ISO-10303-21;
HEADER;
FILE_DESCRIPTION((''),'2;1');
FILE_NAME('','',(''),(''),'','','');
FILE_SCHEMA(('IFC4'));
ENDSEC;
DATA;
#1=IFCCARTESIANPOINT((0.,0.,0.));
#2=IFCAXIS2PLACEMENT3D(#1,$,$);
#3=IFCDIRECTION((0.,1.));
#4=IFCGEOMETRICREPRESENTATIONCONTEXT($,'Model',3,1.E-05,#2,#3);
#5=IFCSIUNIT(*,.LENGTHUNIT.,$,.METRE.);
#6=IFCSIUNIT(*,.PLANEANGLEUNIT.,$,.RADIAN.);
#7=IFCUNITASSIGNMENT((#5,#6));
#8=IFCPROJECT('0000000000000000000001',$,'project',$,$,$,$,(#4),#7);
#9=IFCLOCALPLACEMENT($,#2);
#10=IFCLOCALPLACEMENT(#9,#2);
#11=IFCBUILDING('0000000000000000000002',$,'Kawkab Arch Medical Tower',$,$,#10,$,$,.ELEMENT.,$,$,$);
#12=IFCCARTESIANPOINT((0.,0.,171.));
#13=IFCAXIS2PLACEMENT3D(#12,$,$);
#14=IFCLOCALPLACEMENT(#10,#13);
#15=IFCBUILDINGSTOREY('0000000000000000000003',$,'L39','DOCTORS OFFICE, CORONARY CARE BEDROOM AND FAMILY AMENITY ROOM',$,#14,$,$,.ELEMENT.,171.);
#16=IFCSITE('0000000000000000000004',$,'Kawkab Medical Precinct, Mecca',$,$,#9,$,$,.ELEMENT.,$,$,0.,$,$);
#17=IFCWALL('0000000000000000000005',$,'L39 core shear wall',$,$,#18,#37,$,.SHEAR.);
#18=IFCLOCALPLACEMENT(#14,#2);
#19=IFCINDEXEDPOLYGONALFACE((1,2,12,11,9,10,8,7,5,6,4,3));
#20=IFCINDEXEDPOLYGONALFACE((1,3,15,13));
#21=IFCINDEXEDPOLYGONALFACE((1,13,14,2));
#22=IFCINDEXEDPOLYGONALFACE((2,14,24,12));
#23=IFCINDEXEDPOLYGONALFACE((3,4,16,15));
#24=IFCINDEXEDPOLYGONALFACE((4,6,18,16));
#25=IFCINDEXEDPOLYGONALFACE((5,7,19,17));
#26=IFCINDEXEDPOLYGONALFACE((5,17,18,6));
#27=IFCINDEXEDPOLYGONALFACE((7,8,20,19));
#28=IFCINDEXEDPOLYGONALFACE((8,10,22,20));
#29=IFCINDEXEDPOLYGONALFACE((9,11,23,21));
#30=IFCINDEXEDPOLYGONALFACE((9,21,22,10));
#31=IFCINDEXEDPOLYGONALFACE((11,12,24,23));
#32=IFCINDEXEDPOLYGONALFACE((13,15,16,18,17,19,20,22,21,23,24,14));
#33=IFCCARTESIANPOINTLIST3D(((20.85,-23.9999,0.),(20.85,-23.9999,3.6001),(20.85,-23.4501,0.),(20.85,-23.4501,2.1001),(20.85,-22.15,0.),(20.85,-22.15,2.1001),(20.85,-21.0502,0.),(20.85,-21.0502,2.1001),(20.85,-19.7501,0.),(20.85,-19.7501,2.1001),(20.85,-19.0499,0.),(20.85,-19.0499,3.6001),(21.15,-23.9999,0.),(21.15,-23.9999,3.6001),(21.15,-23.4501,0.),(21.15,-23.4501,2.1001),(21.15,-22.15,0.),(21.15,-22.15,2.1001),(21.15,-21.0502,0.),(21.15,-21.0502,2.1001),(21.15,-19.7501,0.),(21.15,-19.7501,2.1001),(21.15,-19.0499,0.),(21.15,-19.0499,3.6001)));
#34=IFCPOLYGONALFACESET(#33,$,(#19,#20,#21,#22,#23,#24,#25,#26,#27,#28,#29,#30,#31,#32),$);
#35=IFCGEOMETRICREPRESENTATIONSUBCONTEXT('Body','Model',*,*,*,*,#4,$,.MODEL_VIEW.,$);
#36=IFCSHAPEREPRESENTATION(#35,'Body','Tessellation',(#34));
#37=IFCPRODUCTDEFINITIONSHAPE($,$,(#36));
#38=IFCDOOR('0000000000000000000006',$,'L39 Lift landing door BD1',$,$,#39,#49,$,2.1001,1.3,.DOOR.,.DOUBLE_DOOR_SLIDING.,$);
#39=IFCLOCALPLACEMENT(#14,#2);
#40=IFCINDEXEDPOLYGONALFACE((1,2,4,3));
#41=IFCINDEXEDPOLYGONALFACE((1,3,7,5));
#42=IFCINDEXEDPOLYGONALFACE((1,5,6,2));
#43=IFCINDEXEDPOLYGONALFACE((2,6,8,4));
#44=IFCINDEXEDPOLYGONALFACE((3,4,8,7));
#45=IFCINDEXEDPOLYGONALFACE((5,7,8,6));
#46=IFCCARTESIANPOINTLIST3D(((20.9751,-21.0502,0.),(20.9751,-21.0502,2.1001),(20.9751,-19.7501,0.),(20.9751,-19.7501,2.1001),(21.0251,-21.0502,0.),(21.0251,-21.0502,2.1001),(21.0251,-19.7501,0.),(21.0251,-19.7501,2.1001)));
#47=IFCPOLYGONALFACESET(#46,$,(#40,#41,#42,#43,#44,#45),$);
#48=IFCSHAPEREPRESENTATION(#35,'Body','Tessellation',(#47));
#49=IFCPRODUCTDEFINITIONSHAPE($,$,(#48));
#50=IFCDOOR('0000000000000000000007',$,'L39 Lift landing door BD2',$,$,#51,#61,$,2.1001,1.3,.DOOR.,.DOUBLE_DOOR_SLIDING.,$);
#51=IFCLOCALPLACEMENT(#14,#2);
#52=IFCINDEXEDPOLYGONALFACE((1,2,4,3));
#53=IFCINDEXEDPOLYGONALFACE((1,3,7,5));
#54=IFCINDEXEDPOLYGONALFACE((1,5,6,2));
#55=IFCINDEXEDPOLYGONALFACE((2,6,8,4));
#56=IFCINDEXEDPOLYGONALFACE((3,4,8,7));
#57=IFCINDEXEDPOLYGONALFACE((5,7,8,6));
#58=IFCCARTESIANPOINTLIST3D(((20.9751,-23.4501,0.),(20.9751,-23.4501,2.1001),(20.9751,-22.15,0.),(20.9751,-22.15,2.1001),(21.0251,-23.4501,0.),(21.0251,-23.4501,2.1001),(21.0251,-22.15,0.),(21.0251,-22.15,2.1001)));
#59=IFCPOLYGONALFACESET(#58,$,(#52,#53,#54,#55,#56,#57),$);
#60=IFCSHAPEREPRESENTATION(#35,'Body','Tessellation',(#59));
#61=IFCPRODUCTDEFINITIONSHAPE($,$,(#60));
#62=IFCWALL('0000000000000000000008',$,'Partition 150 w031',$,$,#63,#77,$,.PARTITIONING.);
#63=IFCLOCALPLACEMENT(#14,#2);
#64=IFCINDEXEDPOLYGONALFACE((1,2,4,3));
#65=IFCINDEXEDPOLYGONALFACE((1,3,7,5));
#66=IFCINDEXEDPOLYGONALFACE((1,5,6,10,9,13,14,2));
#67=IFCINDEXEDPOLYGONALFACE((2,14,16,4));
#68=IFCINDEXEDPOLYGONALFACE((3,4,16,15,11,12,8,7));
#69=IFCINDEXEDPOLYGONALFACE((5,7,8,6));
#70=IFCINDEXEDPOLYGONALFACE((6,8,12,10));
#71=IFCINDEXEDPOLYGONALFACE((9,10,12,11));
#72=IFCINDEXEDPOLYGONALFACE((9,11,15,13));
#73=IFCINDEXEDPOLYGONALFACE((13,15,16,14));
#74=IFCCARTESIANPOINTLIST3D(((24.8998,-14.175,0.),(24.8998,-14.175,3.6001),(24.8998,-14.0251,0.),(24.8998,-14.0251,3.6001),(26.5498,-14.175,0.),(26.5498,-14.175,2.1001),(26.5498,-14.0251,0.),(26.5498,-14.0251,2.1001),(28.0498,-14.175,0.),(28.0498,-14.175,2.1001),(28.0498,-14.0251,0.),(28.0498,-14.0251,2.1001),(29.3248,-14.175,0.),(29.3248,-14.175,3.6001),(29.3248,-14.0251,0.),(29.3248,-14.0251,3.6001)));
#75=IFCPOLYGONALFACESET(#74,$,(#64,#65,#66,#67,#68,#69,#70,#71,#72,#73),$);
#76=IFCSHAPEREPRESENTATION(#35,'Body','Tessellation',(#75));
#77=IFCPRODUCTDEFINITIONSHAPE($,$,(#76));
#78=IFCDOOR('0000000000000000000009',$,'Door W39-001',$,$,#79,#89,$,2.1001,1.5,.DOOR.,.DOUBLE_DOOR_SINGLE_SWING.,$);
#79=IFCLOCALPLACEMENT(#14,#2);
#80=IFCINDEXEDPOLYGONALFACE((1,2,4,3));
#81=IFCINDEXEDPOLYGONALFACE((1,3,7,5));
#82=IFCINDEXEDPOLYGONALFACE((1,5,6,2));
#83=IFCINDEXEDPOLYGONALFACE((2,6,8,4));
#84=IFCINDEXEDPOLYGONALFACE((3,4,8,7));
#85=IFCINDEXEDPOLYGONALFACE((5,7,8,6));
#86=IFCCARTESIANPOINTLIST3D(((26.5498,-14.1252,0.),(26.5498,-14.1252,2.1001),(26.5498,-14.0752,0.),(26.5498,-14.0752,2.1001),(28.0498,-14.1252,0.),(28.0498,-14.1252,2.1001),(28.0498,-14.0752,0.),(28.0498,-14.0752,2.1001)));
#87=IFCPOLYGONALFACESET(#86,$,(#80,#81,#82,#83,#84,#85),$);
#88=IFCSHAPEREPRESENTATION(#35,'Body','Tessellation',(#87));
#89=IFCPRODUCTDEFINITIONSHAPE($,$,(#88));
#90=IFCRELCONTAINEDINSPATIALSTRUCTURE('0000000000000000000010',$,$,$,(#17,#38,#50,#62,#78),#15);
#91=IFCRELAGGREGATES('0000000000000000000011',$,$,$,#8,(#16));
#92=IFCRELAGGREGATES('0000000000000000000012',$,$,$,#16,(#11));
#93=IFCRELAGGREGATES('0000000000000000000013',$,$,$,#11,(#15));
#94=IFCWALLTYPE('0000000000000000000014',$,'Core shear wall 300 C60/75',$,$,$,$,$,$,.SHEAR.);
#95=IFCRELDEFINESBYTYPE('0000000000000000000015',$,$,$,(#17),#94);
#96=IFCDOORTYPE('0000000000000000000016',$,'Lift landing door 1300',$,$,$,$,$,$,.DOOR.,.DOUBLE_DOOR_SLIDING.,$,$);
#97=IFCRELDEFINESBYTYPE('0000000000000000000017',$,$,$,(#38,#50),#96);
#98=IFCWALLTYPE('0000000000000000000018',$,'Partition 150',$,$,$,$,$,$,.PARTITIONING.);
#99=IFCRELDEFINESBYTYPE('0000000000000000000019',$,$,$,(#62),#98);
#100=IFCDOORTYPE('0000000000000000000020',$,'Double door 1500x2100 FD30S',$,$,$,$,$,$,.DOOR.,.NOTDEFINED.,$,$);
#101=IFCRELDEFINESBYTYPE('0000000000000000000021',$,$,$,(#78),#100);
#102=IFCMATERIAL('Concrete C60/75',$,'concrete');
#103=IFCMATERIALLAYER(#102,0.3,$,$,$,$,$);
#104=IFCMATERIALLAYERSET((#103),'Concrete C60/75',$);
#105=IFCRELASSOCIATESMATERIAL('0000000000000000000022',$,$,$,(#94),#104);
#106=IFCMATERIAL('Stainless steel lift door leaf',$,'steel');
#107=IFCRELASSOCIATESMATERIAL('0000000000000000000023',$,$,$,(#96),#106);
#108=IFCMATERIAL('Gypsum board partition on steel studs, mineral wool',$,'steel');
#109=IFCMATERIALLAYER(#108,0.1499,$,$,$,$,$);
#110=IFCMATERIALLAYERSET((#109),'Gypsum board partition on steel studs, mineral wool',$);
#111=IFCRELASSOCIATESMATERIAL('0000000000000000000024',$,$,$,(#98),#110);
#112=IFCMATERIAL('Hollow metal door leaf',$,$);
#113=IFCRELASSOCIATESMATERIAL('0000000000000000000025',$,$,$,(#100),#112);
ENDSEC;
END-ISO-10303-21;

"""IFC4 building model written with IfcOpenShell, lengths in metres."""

from ifc_helpers import new_model, si_unit, direction, frame, frame_2d, origin, place, context, subcontext, project, spatial, rectangle, extrude, material, layer, layer_set, type_object, element, fill, save


model = new_model("IFC4")

# Units and contexts
model_context = context("Model", 3, precision=1e-05, world=origin(), true_north=direction((0.0, 1.0)))
body_context = subcontext(model_context, "Body", "Model", "MODEL_VIEW")
ifc_project = project(units=[si_unit("LENGTHUNIT", "METRE"), si_unit("PLANEANGLEUNIT", "RADIAN")], contexts=[model_context])

# Site, building, storey
site_placement = place(None, origin())
site = spatial("IfcSite", under=ifc_project, at=site_placement, Name="Kawkab Medical Precinct, Mecca", CompositionType="ELEMENT", RefElevation=0.0)
building_placement = place(site_placement, origin())
building = spatial("IfcBuilding", under=site, at=building_placement, Name="Kawkab Arch Medical Tower", CompositionType="ELEMENT")
storey_placement = place(building_placement, frame((0.0, 0.0, 171.0)))
storey = spatial("IfcBuildingStorey", under=building, at=storey_placement, Name="L39", Description="DOCTORS OFFICE, CORONARY CARE BEDROOM AND FAMILY AMENITY ROOM", CompositionType="ELEMENT", Elevation=171.0)

# Shared definitions
ifc_material_1 = material(Name="Concrete C60/75", Category="concrete")
ifc_layer_1 = layer(ifc_material_1, 0.3)
ifc_layer_set_1 = layer_set([ifc_layer_1], Name="Concrete C60/75")
wall_type_1 = type_object("IfcWallType", Name="Core shear wall 300 C60/75", PredefinedType="SHEAR", material=ifc_layer_set_1)

# Wall, openings, doors
wall_1_placement = place(storey_placement, frame((21.0, -24.0, 0.0), z_axis=(0.0, 0.0, 1.0), x_axis=(0.0, 1.0, 0.0)))
wall_1 = element("IfcWall", 1, at=wall_1_placement, inside=storey, type_object=wall_type_1, Name="L39 core shear wall", PredefinedType="SHEAR", context=body_context, shape_type="SweptSolid", body=[
    extrude(rectangle(XDim=4.95, YDim=0.3, at=frame_2d((2.4751, 0.0))), origin(), (0.0, 0.0, 1.0), 3.6001),
])
opening_1_placement = place(wall_1_placement, frame((2.95, 0.0, 0.0)))
opening_1 = element("IfcOpeningElement", 2, at=opening_1_placement, cuts=wall_1, PredefinedType="OPENING", context=body_context, shape_type="SweptSolid", body=[
    extrude(rectangle(XDim=1.3, YDim=2.1001, at=frame_2d((0.6499, 1.05))), frame((0.0, 0.1599, 0.0), z_axis=(0.0, -1.0, 0.0), x_axis=(1.0, 0.0, 0.0)), (0.0, 0.0, 1.0), 0.3201),
])
opening_2_placement = place(wall_1_placement, frame((0.55, 0.0, 0.0)))
opening_2 = element("IfcOpeningElement", 3, at=opening_2_placement, cuts=wall_1, PredefinedType="OPENING", context=body_context, shape_type="SweptSolid", body=[
    extrude(rectangle(XDim=1.3, YDim=2.1001, at=frame_2d((0.6499, 1.05))), frame((0.0, 0.1599, 0.0), z_axis=(0.0, -1.0, 0.0), x_axis=(1.0, 0.0, 0.0)), (0.0, 0.0, 1.0), 0.3201),
])
ifc_material_2 = material(Name="Stainless steel lift door leaf", Category="steel")
door_type_1 = type_object("IfcDoorType", Name="Lift landing door 1300", OperationType="DOUBLE_DOOR_SLIDING", PredefinedType="DOOR", material=ifc_material_2)
door_1_placement = place(opening_1_placement, origin())
door_1 = element("IfcDoor", 4, at=door_1_placement, inside=storey, type_object=door_type_1, Name="L39 Lift landing door BD1", OperationType="DOUBLE_DOOR_SLIDING", OverallHeight=2.1001, OverallWidth=1.3, PredefinedType="DOOR", context=body_context, shape_type="SweptSolid", body=[
    extrude(rectangle(XDim=1.3, YDim=2.1001, at=frame_2d((0.6499, 1.05))), frame((0.0, 0.0249, 0.0), z_axis=(0.0, -1.0, 0.0), x_axis=(1.0, 0.0, 0.0)), (0.0, 0.0, 1.0), 0.05),
])
fill(opening_1, door_1)
door_2_placement = place(opening_2_placement, origin())
door_2 = element("IfcDoor", 5, at=door_2_placement, inside=storey, type_object=door_type_1, Name="L39 Lift landing door BD2", OperationType="DOUBLE_DOOR_SLIDING", OverallHeight=2.1001, OverallWidth=1.3, PredefinedType="DOOR", context=body_context, shape_type="SweptSolid", body=[
    extrude(rectangle(XDim=1.3, YDim=2.1001, at=frame_2d((0.6499, 1.05))), frame((0.0, 0.0249, 0.0), z_axis=(0.0, -1.0, 0.0), x_axis=(1.0, 0.0, 0.0)), (0.0, 0.0, 1.0), 0.05),
])
fill(opening_2, door_2)

# Wall, opening, door
ifc_material_3 = material(Name="Gypsum board partition on steel studs, mineral wool", Category="steel")
ifc_layer_2 = layer(ifc_material_3, 0.1499)
ifc_layer_set_2 = layer_set([ifc_layer_2], Name="Gypsum board partition on steel studs, mineral wool")
wall_type_2 = type_object("IfcWallType", Name="Partition 150", PredefinedType="PARTITIONING", material=ifc_layer_set_2)
wall_2_placement = place(storey_placement, frame((24.8999, -14.1001, 0.0), z_axis=(0.0, 0.0, 1.0), x_axis=(1.0, 0.0, 0.0)))
wall_2 = element("IfcWall", 6, at=wall_2_placement, inside=storey, type_object=wall_type_2, Name="Partition 150 w031", PredefinedType="PARTITIONING", context=body_context, shape_type="SweptSolid", body=[
    extrude(rectangle(XDim=4.425, YDim=0.1499, at=frame_2d((2.2124, 0.0))), origin(), (0.0, 0.0, 1.0), 3.6001),
])
opening_3_placement = place(wall_2_placement, frame((1.6499, 0.0, 0.0)))
opening_3 = element("IfcOpeningElement", 7, at=opening_3_placement, cuts=wall_2, PredefinedType="OPENING", context=body_context, shape_type="SweptSolid", body=[
    extrude(rectangle(XDim=1.5, YDim=2.1001, at=frame_2d((0.75, 1.05))), frame((0.0, 0.085, 0.0), z_axis=(0.0, -1.0, 0.0), x_axis=(1.0, 0.0, 0.0)), (0.0, 0.0, 1.0), 0.1699),
])
ifc_material_4 = material(Name="Hollow metal door leaf")
door_type_2 = type_object("IfcDoorType", Name="Double door 1500x2100 FD30S", OperationType="NOTDEFINED", PredefinedType="DOOR", material=ifc_material_4)
door_3_placement = place(opening_3_placement, origin())
door_3 = element("IfcDoor", 8, at=door_3_placement, inside=storey, type_object=door_type_2, Name="Door W39-001", OperationType="DOUBLE_DOOR_SINGLE_SWING", OverallHeight=2.1001, OverallWidth=1.5, PredefinedType="DOOR", context=body_context, shape_type="SweptSolid", body=[
    extrude(rectangle(XDim=1.5, YDim=2.1001, at=frame_2d((0.75, 1.05))), frame((0.0, 0.0249, 0.0), z_axis=(0.0, -1.0, 0.0), x_axis=(1.0, 0.0, 0.0)), (0.0, 0.0, 1.0), 0.05),
])
fill(opening_3, door_3)

save(model, "model.ifc")
